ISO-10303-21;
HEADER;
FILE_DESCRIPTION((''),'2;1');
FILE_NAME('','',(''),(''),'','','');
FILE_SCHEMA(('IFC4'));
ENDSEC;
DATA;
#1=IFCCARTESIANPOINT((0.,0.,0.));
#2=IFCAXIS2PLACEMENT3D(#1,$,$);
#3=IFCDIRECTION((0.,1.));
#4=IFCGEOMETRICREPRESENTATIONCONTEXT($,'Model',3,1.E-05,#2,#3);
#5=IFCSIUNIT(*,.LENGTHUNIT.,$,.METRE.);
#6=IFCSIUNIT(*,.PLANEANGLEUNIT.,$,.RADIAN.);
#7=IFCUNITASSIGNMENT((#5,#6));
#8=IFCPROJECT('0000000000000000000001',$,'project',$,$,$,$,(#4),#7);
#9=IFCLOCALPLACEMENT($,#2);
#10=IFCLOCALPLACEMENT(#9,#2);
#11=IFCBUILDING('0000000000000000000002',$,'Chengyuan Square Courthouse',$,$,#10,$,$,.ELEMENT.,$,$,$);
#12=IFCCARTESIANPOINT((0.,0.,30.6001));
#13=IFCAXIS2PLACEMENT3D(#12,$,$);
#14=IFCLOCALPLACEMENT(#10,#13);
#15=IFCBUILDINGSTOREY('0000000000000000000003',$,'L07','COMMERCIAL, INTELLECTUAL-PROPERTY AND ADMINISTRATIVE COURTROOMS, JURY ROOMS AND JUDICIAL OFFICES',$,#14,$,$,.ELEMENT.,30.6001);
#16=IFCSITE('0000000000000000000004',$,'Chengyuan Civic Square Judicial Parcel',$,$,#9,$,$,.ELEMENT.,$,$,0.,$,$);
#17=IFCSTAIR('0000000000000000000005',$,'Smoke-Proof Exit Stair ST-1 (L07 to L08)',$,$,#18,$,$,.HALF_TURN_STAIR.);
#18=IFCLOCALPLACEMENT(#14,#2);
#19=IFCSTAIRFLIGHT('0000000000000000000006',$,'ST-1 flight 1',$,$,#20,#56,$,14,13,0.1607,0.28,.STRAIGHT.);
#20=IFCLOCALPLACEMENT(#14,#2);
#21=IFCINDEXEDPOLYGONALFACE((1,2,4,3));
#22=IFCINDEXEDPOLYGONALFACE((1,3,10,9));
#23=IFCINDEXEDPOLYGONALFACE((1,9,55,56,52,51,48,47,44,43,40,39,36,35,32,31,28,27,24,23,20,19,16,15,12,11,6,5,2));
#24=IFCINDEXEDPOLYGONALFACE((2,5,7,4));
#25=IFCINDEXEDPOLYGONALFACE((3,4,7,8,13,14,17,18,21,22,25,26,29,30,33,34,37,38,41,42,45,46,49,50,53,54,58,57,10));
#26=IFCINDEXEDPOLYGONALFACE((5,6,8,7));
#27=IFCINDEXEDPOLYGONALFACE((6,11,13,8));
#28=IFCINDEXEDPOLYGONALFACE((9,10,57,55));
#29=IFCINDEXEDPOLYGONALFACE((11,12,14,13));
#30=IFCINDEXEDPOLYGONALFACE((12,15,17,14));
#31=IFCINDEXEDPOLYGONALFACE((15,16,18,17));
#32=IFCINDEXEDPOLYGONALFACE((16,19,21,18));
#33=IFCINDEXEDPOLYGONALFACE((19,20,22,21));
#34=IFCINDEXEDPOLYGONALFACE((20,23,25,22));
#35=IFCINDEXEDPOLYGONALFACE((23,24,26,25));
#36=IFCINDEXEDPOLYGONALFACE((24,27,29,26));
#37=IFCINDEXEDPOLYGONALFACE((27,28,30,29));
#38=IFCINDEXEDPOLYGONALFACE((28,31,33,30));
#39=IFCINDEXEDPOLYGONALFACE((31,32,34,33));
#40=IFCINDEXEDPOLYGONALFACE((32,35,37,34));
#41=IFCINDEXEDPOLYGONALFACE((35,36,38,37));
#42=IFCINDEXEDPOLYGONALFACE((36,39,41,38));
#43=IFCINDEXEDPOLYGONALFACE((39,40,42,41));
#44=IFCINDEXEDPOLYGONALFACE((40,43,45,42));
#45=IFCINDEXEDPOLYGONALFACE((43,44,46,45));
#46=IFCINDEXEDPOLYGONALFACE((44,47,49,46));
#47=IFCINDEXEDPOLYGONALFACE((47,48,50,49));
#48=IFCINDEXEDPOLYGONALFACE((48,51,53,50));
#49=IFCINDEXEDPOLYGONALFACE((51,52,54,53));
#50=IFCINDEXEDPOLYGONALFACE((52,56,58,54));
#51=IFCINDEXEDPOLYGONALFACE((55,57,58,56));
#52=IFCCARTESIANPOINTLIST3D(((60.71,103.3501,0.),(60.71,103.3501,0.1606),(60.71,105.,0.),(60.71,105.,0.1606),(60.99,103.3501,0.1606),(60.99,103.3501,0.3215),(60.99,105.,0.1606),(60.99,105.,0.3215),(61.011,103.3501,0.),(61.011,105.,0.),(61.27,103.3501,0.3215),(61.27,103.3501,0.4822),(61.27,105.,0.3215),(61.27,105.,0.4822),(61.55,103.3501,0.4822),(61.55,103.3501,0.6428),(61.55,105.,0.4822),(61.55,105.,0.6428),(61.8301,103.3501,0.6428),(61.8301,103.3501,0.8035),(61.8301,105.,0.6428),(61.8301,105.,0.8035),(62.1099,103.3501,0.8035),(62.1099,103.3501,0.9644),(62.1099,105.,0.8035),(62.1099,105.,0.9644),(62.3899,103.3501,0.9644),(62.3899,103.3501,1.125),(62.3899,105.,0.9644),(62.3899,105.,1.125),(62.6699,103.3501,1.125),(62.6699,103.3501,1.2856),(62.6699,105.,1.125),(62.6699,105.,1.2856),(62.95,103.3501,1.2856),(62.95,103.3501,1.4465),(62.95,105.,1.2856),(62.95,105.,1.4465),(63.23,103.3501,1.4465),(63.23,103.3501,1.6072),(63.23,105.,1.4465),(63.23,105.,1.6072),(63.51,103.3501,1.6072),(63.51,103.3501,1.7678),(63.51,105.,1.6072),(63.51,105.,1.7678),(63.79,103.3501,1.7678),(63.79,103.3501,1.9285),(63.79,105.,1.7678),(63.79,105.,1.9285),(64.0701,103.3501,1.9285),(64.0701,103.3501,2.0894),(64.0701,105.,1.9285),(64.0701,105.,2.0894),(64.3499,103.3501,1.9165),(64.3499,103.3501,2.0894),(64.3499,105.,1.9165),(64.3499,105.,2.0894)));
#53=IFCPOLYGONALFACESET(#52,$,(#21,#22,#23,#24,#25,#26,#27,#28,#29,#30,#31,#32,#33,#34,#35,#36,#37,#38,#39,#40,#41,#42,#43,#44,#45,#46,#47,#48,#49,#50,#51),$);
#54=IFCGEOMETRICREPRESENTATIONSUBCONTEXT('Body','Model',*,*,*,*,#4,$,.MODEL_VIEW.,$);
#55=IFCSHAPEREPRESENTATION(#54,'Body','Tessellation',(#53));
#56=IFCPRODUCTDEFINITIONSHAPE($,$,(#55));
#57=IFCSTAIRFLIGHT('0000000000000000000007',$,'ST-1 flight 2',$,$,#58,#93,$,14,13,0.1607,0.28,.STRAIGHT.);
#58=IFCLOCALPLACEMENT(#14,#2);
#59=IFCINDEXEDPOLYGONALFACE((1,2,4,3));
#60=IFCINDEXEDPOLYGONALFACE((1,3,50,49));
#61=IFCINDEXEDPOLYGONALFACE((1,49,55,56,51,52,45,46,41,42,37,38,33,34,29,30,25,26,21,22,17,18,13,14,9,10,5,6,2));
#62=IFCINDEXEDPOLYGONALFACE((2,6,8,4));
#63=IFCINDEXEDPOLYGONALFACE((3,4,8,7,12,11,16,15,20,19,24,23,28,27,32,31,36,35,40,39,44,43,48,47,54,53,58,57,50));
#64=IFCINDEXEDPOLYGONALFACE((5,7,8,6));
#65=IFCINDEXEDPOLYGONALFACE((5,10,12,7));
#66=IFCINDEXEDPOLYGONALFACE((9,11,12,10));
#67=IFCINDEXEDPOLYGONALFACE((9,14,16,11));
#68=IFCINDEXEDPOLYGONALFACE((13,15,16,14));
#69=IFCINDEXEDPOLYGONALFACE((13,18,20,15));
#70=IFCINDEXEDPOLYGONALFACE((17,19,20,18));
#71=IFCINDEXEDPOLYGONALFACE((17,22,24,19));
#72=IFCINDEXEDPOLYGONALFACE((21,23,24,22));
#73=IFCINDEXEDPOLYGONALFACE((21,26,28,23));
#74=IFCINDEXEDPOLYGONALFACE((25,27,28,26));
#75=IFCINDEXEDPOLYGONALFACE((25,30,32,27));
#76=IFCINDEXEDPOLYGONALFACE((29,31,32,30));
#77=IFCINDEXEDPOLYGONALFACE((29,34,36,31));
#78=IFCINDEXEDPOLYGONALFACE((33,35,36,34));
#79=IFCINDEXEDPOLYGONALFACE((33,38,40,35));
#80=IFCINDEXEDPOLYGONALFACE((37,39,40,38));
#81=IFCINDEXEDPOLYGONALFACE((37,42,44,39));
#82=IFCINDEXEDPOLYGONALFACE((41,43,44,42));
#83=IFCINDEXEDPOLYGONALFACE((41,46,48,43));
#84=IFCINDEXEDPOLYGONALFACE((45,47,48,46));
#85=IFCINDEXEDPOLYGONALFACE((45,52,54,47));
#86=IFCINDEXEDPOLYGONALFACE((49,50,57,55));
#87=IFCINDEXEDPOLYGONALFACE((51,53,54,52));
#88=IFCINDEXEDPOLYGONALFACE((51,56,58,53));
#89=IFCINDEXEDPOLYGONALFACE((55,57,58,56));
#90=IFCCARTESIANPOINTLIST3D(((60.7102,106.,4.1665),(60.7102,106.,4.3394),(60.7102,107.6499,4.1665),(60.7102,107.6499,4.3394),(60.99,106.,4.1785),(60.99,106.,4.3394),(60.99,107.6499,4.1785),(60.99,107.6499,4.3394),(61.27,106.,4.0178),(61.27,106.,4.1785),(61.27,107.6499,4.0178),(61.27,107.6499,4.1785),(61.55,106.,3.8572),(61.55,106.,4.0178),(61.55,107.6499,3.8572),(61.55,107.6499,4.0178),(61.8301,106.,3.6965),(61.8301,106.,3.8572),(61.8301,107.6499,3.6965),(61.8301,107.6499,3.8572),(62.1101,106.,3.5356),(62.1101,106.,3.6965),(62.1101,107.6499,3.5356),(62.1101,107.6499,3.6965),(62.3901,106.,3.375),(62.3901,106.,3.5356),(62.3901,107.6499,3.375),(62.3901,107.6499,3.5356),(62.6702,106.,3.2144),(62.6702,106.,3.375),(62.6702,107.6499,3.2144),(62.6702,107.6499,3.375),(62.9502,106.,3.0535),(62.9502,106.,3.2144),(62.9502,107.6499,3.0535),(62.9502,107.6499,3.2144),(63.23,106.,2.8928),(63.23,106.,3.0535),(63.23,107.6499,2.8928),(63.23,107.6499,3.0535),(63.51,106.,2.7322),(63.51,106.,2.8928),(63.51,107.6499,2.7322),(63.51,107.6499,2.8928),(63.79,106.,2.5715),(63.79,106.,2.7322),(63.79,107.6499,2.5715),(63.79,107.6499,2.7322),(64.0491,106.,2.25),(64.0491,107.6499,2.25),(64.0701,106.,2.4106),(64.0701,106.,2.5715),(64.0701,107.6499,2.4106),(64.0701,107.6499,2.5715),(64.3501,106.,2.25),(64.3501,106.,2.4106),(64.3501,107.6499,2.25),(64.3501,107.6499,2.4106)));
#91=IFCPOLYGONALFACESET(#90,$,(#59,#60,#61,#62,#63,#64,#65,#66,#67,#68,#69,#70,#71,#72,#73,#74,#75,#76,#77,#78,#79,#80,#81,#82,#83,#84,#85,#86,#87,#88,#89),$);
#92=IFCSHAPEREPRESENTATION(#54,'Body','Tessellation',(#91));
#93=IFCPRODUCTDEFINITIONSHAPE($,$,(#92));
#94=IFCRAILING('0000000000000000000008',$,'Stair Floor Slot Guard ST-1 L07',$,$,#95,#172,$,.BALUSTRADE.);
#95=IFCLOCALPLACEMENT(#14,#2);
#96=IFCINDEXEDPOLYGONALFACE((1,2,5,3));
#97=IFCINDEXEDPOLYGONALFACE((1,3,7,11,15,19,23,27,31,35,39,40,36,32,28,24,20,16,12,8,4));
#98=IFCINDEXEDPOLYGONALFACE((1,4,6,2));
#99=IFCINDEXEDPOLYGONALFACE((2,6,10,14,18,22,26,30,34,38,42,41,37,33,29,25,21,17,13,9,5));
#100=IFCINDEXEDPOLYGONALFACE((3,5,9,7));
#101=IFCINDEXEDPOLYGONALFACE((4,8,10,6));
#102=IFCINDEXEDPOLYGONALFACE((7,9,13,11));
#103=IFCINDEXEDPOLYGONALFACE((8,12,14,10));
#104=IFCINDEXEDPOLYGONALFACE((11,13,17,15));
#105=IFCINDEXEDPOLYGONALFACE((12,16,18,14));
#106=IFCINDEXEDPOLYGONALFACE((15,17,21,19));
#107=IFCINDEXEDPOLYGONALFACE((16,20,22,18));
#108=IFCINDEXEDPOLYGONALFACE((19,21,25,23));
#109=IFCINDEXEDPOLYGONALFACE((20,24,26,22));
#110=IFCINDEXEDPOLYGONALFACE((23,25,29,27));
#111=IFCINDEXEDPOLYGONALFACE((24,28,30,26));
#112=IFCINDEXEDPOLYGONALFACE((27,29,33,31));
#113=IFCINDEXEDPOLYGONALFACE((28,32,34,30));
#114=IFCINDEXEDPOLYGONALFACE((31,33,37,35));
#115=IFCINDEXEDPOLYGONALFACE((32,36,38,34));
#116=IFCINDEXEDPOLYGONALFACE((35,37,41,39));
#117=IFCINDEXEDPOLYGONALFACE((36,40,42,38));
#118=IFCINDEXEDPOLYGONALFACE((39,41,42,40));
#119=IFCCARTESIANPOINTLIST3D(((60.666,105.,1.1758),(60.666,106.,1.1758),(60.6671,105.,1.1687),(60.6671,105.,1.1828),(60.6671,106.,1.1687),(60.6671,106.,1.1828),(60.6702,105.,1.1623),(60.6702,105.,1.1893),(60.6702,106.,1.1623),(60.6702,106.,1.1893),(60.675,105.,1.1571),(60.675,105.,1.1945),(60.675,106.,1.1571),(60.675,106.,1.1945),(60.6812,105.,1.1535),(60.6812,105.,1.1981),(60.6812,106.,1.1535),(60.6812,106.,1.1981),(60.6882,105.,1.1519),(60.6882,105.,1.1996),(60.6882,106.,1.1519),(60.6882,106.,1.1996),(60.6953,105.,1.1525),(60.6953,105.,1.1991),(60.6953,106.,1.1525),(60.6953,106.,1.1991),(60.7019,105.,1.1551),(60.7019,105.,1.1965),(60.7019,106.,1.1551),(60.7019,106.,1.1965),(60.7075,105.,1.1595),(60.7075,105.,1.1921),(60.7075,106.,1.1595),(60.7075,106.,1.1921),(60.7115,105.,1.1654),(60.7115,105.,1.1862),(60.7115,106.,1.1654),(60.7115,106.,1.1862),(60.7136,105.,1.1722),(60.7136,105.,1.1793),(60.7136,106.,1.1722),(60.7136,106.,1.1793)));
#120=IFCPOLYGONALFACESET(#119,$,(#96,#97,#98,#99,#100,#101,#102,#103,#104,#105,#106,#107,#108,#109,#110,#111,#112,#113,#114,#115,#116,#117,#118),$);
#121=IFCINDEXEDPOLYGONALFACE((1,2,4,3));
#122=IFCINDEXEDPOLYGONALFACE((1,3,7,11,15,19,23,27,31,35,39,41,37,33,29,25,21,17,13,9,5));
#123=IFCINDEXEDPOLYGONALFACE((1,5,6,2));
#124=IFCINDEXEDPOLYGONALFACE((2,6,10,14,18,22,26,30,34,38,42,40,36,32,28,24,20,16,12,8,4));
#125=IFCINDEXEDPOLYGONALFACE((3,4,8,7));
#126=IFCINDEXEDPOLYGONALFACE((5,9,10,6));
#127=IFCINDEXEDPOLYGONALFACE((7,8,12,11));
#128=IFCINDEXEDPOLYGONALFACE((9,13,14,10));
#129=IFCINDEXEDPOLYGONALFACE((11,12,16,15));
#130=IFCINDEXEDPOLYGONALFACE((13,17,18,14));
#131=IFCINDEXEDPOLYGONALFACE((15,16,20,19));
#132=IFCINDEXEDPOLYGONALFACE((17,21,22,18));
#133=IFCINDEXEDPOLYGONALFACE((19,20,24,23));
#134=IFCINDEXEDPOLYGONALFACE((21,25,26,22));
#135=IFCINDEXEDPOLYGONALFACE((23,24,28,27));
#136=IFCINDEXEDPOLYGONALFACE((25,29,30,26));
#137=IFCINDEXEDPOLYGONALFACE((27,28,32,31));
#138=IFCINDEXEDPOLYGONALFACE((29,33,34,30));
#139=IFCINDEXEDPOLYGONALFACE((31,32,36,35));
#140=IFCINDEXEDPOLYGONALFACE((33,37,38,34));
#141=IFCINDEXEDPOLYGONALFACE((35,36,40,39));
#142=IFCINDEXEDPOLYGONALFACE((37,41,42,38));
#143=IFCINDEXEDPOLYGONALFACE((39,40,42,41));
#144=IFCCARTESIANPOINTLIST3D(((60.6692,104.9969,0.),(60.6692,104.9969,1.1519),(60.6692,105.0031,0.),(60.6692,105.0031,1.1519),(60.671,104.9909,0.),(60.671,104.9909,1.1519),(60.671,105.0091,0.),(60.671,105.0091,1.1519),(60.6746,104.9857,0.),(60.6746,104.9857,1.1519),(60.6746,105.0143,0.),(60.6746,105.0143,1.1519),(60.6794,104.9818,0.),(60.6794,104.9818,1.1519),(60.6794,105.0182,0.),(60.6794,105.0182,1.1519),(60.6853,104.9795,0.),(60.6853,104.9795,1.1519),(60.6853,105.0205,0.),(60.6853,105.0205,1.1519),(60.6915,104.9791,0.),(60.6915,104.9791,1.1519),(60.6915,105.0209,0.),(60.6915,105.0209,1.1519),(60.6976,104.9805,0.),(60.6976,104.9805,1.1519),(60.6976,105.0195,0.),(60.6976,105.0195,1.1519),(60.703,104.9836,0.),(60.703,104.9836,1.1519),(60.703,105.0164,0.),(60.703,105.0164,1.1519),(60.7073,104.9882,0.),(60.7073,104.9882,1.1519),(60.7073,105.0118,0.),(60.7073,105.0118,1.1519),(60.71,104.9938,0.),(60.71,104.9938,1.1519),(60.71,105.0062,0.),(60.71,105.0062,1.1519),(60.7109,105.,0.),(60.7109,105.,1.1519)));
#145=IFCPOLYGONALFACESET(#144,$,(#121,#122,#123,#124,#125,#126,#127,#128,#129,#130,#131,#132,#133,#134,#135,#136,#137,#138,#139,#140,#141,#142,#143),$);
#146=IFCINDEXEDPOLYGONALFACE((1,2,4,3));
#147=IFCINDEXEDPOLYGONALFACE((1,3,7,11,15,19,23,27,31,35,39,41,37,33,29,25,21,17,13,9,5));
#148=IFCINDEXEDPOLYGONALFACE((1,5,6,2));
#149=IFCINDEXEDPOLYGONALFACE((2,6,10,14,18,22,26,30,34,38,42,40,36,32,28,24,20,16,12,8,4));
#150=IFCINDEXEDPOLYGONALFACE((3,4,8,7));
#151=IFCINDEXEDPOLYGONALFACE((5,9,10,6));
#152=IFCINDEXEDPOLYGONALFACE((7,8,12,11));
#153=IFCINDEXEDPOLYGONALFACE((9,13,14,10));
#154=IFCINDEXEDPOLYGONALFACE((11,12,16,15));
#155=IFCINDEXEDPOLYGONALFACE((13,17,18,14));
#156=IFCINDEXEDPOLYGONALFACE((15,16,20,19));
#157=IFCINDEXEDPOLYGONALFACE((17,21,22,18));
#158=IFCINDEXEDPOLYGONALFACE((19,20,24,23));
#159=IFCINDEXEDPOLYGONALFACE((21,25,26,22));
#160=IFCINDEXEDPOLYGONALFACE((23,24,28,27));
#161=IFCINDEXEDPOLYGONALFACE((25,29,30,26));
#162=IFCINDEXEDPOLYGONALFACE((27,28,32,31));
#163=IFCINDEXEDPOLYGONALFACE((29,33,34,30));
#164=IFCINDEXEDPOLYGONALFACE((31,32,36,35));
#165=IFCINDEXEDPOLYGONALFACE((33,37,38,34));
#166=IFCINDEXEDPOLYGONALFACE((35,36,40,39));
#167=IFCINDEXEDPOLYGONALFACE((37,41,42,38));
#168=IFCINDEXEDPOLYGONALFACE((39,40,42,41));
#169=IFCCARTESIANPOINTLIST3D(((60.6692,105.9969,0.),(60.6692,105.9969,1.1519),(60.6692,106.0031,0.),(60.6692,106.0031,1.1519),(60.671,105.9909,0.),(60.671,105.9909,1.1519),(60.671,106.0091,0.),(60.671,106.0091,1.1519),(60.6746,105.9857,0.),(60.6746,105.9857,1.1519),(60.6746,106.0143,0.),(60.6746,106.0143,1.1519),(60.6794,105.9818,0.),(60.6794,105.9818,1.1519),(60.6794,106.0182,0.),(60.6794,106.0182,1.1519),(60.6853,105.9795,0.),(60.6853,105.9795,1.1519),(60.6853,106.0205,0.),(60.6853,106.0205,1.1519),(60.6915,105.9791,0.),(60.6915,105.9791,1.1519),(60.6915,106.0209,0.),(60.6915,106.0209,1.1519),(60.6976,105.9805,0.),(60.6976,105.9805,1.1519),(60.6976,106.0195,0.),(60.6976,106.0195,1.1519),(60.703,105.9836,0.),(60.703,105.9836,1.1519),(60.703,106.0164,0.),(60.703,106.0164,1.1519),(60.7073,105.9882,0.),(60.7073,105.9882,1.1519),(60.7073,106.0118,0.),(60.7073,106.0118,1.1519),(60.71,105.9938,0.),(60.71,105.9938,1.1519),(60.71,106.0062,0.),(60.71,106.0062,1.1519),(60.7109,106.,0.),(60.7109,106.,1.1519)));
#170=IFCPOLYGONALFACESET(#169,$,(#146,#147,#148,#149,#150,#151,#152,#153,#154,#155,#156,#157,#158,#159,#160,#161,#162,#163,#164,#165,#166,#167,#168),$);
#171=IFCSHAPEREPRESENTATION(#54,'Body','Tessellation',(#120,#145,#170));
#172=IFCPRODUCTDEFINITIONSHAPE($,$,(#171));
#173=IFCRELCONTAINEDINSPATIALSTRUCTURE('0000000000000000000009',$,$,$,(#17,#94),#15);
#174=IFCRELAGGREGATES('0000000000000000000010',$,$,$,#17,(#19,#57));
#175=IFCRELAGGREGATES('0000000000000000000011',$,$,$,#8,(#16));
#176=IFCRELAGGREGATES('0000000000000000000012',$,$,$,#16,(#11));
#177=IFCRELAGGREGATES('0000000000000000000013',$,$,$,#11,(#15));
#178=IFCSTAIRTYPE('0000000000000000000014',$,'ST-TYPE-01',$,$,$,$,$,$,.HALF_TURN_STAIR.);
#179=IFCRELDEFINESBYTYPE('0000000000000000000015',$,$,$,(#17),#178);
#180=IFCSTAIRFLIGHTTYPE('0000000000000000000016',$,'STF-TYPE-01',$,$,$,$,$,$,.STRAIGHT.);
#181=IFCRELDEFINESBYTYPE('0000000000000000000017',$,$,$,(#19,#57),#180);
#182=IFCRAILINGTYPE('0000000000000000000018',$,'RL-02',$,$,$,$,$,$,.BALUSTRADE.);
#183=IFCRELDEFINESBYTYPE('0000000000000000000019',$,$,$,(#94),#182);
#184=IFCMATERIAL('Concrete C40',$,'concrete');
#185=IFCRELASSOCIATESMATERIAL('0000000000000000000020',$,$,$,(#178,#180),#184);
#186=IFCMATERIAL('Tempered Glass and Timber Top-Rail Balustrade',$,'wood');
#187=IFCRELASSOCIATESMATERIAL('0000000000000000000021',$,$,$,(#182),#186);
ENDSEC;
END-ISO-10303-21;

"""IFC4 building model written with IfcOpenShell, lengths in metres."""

from ifc_helpers import new_model, si_unit, direction, frame, origin, origin_2d, place, context, subcontext, project, spatial, polyline, circle, outline, extrude, material, type_object, element, aggregate, save


model = new_model("IFC4")

# Units and contexts
model_context = context("Model", 3, precision=1e-05, world=origin(), true_north=direction((0.0, 1.0)))
body_context = subcontext(model_context, "Body", "Model", "MODEL_VIEW")
ifc_project = project(units=[si_unit("LENGTHUNIT", "METRE"), si_unit("PLANEANGLEUNIT", "RADIAN")], contexts=[model_context])

# Site, building, storey
site_placement = place(None, origin())
site = spatial("IfcSite", under=ifc_project, at=site_placement, Name="Chengyuan Civic Square Judicial Parcel", CompositionType="ELEMENT", RefElevation=0.0)
building_placement = place(site_placement, origin())
building = spatial("IfcBuilding", under=site, at=building_placement, Name="Chengyuan Square Courthouse", CompositionType="ELEMENT")
storey_placement = place(building_placement, frame((0.0, 0.0, 30.6001)))
storey = spatial("IfcBuildingStorey", under=building, at=storey_placement, Name="L07", Description="COMMERCIAL, INTELLECTUAL-PROPERTY AND ADMINISTRATIVE COURTROOMS, JURY ROOMS AND JUDICIAL OFFICES", CompositionType="ELEMENT", Elevation=30.6001)

# Shared definitions
ifc_material_1 = material(Name="Concrete C40", Category="concrete")

# Stair, stair flights
stair_type = type_object("IfcStairType", Name="ST-TYPE-01", PredefinedType="HALF_TURN_STAIR", material=ifc_material_1)
stair_placement = place(storey_placement, origin())
stair = element("IfcStair", 1, at=stair_placement, inside=storey, type_object=stair_type, Name="Smoke-Proof Exit Stair ST-1 (L07 to L08)", PredefinedType="HALF_TURN_STAIR")
stair_flight_type = type_object("IfcStairFlightType", Name="STF-TYPE-01", PredefinedType="STRAIGHT", material=ifc_material_1)
stair_flight_1_placement = place(storey_placement, frame((60.71, 104.175, 0.0), z_axis=(0.0, 0.0, 1.0), x_axis=(1.0, 0.0, 0.0)))
stair_flight_1 = element("IfcStairFlight", 2, at=stair_flight_1_placement, type_object=stair_flight_type, Name="ST-1 flight 1", NumberOfRisers=14, NumberOfTreads=13, PredefinedType="STRAIGHT", RiserHeight=0.1607, TreadLength=0.28, context=body_context, shape_type="SweptSolid", body=[
    extrude(outline(polyline([(0.0, 0.0), (0.0, 0.1606), (0.28, 0.1606), (0.28, 0.3215), (0.5601, 0.3215), (0.5601, 0.4822), (0.8401, 0.4822), (0.8401, 0.6428), (1.1201, 0.6428), (1.1201, 0.8035), (1.3999, 0.8035), (1.3999, 0.9644), (1.6799, 0.9644), (1.6799, 1.125), (1.96, 1.125), (1.96, 1.2856), (2.24, 1.2856), (2.24, 1.4465), (2.52, 1.4465), (2.52, 1.6072), (2.8, 1.6072), (2.8, 1.7678), (3.0801, 1.7678), (3.0801, 1.9285), (3.3601, 1.9285), (3.3601, 2.0894), (3.6399, 2.0894), (3.6399, 2.25), (3.6399, 1.9165), (0.301, 0.0), (0.0, 0.0)])), frame((0.0, 0.825, 0.0), z_axis=(0.0, -1.0, 0.0), x_axis=(1.0, 0.0, 0.0)), (0.0, 0.0, 1.0), 1.6499),
])
stair_flight_2_placement = place(storey_placement, frame((64.3501, 106.825, 2.25), z_axis=(0.0, 0.0, 1.0), x_axis=(-1.0, 0.0, 0.0)))
stair_flight_2 = element("IfcStairFlight", 3, at=stair_flight_2_placement, type_object=stair_flight_type, Name="ST-1 flight 2", NumberOfRisers=14, NumberOfTreads=13, PredefinedType="STRAIGHT", RiserHeight=0.1607, TreadLength=0.28, context=body_context, shape_type="SweptSolid", body=[
    extrude(outline(polyline([(0.0, 0.0), (0.0, 0.1606), (0.28, 0.1606), (0.28, 0.3215), (0.5601, 0.3215), (0.5601, 0.4822), (0.8401, 0.4822), (0.8401, 0.6428), (1.1201, 0.6428), (1.1201, 0.8035), (1.3999, 0.8035), (1.3999, 0.9644), (1.6799, 0.9644), (1.6799, 1.125), (1.96, 1.125), (1.96, 1.2856), (2.24, 1.2856), (2.24, 1.4465), (2.52, 1.4465), (2.52, 1.6072), (2.8, 1.6072), (2.8, 1.7678), (3.0801, 1.7678), (3.0801, 1.9285), (3.3601, 1.9285), (3.3601, 2.0894), (3.6399, 2.0894), (3.6399, 2.25), (3.6399, 1.9165), (0.301, 0.0), (0.0, 0.0)])), frame((0.0, 0.825, 0.0), z_axis=(0.0, -1.0, 0.0), x_axis=(1.0, 0.0, 0.0)), (0.0, 0.0, 1.0), 1.6499),
])
aggregate(stair, [stair_flight_1, stair_flight_2])

# Railing
ifc_material_2 = material(Name="Tempered Glass and Timber Top-Rail Balustrade", Category="wood")
railing_type_1 = type_object("IfcRailingType", Name="RL-02", PredefinedType="BALUSTRADE", material=ifc_material_2)
for number, where, name in (
    (4, (60.6899, 105.0, 0.0), "Stair Floor Slot Guard ST-1 L07"),
):
    element("IfcRailing", number, at=place(storey_placement, frame(where)), inside=storey, type_object=railing_type_1, Name=name, PredefinedType="BALUSTRADE", context=body_context, shape_type="SweptSolid", body=[
        extrude(circle(Radius=0.0239, at=origin_2d()), frame((0.0, 0.0, 1.1758), z_axis=(0.0, 1.0, 0.0), x_axis=(-1.0, 0.0, 0.0)), (0.0, 0.0, 1.0), 1.0),
        extrude(circle(Radius=0.021, at=origin_2d()), origin(), (0.0, 0.0, 1.0), 1.1519),
        extrude(circle(Radius=0.021, at=origin_2d()), frame((0.0, 1.0, 0.0)), (0.0, 0.0, 1.0), 1.1519),
    ])

save(model, "model.ifc")
